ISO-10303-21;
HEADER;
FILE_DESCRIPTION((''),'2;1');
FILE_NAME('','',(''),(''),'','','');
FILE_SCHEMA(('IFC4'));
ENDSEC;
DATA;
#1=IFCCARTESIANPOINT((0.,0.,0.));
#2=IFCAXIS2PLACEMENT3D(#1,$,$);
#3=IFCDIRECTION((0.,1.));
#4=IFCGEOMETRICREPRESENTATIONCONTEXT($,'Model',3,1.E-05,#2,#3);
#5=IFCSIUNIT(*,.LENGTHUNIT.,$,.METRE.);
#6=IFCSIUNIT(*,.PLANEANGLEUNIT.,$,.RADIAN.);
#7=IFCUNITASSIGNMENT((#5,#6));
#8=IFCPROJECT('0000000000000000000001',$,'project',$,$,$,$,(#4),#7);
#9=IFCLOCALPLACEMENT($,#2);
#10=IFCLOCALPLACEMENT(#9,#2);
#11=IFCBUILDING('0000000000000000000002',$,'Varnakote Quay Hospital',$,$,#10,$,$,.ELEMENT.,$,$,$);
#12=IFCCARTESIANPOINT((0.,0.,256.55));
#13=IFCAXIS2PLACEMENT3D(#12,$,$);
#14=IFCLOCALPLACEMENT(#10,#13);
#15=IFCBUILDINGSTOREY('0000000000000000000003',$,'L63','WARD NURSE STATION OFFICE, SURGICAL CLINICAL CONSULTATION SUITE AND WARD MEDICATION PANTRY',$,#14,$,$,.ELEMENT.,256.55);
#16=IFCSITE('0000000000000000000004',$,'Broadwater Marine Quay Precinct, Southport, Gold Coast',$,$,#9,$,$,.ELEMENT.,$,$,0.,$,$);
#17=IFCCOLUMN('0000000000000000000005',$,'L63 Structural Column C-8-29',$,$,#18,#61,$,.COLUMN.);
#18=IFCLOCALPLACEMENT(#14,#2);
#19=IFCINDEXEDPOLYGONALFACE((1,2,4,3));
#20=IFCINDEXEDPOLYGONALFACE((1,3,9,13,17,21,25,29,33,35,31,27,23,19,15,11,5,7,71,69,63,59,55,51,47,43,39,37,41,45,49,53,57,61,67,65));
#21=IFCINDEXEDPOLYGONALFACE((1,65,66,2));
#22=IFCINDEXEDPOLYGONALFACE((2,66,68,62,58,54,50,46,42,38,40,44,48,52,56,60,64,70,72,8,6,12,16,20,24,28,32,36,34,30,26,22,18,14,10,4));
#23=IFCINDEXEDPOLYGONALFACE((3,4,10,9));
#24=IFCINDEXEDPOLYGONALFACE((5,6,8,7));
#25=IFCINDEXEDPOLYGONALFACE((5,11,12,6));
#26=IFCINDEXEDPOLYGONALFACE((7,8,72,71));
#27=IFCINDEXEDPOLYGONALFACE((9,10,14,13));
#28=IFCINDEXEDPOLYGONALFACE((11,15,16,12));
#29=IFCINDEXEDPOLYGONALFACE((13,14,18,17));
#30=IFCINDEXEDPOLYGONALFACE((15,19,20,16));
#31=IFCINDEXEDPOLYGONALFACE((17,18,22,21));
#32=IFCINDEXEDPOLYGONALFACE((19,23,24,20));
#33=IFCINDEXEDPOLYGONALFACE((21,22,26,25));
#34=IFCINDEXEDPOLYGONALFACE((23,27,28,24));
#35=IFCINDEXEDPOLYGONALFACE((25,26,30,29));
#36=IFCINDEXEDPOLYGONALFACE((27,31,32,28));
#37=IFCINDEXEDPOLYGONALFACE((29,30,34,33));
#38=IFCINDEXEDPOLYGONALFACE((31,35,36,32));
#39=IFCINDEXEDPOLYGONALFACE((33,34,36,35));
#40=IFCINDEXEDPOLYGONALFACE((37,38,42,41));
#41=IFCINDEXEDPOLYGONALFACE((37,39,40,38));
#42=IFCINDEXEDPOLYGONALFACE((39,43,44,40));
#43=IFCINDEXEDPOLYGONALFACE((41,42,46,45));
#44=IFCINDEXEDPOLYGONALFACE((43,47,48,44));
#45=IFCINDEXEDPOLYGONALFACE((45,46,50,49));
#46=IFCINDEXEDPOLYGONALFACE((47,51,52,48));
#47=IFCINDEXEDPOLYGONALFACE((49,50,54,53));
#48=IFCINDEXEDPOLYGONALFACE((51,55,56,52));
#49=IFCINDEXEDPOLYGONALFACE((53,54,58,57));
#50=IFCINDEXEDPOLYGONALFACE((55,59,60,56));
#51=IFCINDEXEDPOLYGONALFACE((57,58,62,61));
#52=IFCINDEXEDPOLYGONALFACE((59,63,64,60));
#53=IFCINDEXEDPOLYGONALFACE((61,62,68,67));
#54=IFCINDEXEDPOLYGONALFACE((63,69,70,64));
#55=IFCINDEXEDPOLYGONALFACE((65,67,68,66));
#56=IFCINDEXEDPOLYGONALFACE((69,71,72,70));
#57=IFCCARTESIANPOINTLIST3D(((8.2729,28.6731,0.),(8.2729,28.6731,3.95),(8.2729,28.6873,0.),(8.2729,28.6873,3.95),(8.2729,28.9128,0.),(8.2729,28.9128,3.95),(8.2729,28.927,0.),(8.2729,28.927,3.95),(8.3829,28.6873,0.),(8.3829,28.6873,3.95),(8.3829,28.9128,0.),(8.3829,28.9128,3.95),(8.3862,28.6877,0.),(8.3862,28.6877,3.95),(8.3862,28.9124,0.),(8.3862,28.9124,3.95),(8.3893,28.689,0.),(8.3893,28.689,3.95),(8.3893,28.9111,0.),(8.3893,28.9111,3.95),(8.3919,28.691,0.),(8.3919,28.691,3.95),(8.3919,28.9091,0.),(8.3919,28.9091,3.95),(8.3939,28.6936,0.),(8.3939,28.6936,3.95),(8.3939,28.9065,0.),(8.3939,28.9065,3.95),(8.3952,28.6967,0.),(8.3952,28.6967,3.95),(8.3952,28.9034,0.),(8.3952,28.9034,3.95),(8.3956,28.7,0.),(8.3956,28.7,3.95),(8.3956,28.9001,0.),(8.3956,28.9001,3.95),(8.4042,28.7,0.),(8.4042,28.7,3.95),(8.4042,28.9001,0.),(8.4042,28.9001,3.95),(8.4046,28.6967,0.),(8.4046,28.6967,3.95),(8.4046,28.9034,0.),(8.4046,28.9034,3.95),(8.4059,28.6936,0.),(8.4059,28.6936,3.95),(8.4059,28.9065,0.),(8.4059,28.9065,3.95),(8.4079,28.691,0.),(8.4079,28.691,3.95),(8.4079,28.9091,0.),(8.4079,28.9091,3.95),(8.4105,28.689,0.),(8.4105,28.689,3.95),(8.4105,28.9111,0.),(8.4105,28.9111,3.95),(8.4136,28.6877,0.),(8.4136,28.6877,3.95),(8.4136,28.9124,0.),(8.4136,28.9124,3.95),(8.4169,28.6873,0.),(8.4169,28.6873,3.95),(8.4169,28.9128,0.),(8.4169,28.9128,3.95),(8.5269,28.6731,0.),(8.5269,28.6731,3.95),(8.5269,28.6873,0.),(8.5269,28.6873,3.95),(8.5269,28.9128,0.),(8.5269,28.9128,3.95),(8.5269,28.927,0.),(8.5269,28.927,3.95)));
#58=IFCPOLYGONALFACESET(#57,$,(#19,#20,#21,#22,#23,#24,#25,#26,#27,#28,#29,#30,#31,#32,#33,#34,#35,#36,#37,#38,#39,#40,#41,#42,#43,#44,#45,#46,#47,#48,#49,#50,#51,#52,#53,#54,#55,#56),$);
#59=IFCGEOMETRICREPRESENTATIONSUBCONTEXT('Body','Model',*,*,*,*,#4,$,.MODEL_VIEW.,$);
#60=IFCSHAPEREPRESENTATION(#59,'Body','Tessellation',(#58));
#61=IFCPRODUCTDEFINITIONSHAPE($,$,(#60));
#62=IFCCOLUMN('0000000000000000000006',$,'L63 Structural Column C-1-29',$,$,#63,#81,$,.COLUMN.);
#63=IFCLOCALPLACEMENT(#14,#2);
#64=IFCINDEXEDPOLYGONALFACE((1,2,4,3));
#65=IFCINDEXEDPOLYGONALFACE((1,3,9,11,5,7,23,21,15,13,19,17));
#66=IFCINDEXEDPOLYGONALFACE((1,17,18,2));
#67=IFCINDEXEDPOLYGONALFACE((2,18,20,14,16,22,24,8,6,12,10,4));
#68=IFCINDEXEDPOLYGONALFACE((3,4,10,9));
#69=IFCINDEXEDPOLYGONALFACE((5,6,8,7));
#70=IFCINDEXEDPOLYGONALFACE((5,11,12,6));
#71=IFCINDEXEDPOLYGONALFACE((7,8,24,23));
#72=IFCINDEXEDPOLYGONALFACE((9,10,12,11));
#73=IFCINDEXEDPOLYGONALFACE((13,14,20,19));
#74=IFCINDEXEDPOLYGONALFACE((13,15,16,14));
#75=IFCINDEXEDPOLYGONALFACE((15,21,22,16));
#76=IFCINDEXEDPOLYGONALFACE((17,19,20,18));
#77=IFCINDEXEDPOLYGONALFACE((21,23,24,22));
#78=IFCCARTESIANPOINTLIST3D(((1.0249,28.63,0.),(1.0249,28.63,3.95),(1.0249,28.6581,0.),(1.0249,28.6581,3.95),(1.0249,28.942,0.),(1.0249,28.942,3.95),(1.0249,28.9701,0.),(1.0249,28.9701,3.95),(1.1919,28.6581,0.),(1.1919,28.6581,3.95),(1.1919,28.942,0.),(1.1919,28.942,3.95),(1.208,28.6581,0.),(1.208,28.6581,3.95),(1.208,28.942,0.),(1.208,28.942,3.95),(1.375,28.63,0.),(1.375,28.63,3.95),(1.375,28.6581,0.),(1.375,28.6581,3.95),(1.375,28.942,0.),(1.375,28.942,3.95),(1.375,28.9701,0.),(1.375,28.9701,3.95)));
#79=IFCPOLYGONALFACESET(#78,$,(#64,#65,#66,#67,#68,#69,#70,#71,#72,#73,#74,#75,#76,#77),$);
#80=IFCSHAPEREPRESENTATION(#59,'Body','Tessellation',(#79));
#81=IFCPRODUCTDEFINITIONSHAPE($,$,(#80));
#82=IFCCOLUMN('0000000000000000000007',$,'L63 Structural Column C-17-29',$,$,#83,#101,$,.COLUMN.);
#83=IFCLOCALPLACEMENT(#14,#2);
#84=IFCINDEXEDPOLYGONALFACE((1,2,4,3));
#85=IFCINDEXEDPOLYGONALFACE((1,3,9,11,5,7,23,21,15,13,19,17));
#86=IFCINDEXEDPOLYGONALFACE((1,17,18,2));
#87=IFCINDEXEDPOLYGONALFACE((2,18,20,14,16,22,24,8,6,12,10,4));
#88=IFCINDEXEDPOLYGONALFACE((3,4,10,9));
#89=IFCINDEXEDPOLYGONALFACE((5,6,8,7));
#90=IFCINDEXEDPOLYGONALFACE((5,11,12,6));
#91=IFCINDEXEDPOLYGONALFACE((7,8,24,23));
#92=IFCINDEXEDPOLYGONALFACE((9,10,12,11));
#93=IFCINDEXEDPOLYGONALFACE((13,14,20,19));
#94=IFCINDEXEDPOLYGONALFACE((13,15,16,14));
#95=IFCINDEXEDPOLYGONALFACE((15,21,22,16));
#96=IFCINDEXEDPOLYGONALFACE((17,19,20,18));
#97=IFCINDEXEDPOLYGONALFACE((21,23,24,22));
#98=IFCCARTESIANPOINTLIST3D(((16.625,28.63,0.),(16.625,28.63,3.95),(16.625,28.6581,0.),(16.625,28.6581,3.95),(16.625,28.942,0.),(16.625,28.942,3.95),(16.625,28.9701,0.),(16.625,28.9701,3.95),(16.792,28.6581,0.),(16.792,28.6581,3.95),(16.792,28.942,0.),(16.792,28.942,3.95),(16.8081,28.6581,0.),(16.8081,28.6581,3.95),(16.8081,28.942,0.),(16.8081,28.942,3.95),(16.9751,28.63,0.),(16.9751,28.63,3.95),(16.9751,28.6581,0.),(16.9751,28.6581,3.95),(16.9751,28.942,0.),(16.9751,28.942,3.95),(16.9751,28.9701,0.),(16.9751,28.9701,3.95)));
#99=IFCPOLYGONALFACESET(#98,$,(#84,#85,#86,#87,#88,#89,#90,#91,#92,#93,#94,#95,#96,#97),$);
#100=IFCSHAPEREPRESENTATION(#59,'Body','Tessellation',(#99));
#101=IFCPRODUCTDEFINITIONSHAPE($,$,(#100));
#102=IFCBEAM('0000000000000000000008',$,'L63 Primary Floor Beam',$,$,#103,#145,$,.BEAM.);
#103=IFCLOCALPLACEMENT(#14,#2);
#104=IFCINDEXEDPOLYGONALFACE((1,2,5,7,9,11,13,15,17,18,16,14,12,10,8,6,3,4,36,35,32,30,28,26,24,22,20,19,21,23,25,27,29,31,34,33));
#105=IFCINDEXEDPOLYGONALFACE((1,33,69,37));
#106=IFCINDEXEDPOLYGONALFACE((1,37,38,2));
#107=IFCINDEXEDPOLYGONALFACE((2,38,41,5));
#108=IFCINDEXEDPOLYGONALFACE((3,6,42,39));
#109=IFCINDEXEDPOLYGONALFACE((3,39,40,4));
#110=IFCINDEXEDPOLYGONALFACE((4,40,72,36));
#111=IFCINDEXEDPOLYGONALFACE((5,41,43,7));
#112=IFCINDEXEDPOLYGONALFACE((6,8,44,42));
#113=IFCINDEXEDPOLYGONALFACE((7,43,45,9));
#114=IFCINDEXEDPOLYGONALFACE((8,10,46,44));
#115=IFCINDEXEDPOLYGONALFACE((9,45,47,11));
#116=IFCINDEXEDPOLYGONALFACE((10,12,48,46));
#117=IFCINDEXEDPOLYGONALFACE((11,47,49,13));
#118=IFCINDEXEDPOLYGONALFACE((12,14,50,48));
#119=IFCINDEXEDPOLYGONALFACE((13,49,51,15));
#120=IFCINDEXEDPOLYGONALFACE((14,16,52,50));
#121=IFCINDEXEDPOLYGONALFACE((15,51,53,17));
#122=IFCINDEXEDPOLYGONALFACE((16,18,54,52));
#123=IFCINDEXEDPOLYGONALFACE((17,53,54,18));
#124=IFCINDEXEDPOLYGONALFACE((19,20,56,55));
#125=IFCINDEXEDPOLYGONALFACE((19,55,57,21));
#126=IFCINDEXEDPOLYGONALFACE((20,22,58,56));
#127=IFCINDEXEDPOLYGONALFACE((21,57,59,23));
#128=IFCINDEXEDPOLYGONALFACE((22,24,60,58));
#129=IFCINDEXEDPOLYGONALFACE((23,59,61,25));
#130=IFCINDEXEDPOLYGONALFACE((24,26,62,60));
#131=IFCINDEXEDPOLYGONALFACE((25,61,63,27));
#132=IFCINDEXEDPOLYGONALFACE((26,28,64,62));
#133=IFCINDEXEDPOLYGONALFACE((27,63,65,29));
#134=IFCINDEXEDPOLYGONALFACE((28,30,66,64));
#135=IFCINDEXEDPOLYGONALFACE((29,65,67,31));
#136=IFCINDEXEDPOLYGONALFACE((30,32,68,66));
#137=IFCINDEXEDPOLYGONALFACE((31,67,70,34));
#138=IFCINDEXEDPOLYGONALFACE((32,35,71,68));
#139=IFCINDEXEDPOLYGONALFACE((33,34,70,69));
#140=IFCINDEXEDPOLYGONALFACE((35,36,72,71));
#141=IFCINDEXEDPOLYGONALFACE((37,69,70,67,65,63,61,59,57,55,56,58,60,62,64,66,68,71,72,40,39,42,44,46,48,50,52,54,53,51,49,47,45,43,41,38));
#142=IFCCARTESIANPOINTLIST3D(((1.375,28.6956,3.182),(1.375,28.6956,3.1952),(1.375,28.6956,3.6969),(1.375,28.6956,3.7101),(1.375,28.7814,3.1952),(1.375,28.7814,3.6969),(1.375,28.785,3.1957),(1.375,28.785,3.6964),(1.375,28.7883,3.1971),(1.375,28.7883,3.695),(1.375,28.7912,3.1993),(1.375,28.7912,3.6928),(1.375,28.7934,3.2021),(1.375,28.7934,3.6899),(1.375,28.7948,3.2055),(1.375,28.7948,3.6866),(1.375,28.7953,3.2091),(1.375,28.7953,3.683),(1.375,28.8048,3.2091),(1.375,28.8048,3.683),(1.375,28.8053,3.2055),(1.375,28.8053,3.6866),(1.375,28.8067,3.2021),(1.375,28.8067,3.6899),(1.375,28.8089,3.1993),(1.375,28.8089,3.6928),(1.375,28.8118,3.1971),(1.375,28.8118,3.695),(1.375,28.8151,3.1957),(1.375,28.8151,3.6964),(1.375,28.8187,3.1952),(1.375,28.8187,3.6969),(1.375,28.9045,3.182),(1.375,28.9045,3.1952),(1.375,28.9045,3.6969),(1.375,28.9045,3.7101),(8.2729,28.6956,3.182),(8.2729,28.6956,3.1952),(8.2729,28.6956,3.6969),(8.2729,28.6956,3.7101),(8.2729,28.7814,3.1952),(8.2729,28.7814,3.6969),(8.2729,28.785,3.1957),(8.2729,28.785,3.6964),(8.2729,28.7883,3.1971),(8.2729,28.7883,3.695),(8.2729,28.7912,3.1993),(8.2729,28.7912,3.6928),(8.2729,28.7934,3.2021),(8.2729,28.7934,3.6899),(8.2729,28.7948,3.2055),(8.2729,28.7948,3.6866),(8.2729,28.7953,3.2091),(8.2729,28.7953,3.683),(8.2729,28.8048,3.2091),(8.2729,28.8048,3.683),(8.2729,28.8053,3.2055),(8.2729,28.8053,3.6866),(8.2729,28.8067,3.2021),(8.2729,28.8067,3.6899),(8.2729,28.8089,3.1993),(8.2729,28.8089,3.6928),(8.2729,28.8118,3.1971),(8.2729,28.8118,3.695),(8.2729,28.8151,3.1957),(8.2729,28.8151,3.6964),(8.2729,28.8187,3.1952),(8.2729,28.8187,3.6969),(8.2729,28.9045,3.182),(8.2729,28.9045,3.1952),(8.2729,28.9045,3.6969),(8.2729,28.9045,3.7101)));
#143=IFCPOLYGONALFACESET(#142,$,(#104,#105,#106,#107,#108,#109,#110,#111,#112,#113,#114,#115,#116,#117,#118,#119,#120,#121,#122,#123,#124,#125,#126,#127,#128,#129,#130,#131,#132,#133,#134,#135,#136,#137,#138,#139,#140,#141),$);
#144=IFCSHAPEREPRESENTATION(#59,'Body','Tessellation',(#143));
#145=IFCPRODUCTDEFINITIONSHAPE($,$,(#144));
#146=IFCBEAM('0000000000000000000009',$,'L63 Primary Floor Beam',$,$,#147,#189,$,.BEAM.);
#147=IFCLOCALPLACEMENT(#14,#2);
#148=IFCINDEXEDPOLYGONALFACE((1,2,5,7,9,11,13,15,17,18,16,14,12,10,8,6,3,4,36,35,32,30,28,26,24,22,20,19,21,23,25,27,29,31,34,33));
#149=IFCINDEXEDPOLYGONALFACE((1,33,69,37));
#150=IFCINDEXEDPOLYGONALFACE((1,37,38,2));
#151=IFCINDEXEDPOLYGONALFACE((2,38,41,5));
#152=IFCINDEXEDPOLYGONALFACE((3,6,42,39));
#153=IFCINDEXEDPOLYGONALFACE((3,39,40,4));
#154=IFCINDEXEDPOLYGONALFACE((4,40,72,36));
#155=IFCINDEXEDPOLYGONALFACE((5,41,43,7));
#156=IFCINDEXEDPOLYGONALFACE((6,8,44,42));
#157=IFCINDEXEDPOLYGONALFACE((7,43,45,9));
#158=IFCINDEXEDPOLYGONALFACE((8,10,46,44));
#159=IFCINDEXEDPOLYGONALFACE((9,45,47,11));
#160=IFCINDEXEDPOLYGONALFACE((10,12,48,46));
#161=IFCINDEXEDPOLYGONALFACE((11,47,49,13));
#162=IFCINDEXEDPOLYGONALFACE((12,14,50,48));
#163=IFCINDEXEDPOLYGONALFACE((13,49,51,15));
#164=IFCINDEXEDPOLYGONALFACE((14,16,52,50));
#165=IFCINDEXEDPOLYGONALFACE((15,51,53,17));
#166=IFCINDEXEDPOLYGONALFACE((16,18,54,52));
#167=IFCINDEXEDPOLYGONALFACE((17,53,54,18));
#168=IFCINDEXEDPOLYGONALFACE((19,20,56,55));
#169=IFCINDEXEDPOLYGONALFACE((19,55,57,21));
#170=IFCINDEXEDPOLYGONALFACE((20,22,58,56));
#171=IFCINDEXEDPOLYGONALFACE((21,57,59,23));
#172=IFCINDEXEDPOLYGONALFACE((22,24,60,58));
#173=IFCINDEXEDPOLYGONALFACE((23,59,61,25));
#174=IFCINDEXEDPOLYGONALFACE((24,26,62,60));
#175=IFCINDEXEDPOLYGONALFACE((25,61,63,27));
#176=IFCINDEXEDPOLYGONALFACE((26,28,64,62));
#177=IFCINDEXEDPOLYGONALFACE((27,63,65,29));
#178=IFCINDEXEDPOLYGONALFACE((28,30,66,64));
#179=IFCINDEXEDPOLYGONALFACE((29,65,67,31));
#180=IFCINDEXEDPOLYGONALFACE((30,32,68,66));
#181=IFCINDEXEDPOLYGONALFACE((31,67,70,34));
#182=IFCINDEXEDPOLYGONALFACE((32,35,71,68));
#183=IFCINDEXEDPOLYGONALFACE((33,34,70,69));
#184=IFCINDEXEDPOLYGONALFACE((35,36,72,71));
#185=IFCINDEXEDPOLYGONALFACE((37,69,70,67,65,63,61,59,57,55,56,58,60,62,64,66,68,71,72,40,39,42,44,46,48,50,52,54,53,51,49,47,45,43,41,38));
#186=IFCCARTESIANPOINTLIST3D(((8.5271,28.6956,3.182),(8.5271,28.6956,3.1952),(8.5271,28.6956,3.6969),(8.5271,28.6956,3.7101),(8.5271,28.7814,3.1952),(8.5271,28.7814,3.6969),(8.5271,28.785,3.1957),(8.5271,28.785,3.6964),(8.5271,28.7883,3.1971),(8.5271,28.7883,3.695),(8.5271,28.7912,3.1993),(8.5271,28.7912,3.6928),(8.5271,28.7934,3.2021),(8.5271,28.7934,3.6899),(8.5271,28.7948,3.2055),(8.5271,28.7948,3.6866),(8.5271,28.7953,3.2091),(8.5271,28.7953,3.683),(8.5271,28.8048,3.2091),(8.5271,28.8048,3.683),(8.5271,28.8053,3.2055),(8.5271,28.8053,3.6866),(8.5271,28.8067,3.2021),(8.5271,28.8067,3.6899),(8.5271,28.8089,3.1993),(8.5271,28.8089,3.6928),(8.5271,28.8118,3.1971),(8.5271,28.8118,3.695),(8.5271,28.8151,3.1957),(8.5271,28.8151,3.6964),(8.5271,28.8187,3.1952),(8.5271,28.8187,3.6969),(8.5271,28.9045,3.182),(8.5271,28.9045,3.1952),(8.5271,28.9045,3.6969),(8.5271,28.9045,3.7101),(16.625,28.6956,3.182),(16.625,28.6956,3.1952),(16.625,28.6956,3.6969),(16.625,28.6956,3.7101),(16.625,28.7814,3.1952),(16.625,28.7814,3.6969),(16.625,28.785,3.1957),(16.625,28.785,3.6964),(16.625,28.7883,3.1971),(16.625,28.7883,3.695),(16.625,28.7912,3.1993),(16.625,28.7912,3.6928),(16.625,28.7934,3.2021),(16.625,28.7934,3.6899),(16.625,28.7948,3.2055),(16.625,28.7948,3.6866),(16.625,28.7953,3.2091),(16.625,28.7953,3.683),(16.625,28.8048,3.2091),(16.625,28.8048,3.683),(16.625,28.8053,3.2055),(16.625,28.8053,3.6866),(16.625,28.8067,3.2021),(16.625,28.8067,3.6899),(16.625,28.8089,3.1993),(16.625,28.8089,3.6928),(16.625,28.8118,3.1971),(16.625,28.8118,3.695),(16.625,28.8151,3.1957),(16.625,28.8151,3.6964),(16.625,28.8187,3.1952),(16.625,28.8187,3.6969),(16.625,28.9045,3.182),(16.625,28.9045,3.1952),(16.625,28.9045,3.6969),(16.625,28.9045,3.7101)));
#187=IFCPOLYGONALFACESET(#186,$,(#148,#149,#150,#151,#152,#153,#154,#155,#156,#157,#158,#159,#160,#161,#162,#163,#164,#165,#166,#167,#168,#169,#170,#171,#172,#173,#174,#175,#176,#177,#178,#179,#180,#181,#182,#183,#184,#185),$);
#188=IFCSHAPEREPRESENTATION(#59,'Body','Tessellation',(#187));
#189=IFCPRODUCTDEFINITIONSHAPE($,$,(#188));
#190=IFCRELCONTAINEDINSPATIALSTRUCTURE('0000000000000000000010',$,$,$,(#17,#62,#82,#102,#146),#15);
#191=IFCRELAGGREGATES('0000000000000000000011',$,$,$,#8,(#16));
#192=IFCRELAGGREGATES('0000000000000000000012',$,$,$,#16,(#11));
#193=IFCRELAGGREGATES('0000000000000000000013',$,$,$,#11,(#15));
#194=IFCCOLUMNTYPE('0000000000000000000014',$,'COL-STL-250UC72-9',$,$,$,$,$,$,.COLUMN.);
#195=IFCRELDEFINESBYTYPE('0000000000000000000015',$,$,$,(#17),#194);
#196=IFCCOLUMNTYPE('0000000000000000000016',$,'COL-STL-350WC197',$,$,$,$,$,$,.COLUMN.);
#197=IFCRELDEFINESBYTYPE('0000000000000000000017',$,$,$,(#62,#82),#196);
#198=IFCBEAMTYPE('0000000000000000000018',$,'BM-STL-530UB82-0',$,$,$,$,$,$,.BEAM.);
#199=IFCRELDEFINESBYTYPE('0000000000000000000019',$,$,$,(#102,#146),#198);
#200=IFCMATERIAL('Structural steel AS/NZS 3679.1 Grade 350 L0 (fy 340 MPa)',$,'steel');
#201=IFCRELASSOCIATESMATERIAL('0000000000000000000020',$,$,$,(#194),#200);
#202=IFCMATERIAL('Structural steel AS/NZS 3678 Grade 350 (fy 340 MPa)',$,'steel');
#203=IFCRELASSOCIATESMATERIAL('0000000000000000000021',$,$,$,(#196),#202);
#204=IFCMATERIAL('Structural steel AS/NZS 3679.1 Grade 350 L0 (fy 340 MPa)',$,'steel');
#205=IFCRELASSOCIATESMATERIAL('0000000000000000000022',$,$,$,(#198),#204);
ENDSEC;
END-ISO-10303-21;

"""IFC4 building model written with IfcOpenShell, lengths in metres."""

from ifc_helpers import new_model, si_unit, direction, frame, origin, origin_2d, place, context, subcontext, project, spatial, i_section, extrude, material, material_profile, profile_set, type_object, element, save


model = new_model("IFC4")

# Units and contexts
model_context = context("Model", 3, precision=1e-05, world=origin(), true_north=direction((0.0, 1.0)))
body_context = subcontext(model_context, "Body", "Model", "MODEL_VIEW")
ifc_project = project(units=[si_unit("LENGTHUNIT", "METRE"), si_unit("PLANEANGLEUNIT", "RADIAN")], contexts=[model_context])

# Site, building, storey
site_placement = place(None, origin())
site = spatial("IfcSite", under=ifc_project, at=site_placement, Name="Broadwater Marine Quay Precinct, Southport, Gold Coast", CompositionType="ELEMENT", RefElevation=0.0)
building_placement = place(site_placement, origin())
building = spatial("IfcBuilding", under=site, at=building_placement, Name="Varnakote Quay Hospital", CompositionType="ELEMENT")
storey_placement = place(building_placement, frame((0.0, 0.0, 256.55)))
storey = spatial("IfcBuildingStorey", under=building, at=storey_placement, Name="L63", Description="WARD NURSE STATION OFFICE, SURGICAL CLINICAL CONSULTATION SUITE AND WARD MEDICATION PANTRY", CompositionType="ELEMENT", Elevation=256.55)

# Columns
ifc_material_1 = material(Name="Structural steel AS/NZS 3679.1 Grade 350 L0 (fy 340 MPa)", Category="steel")
ifc_material_profile_1 = material_profile(ifc_material_1, i_section(OverallWidth=0.2539, OverallDepth=0.2539, WebThickness=0.0085, FlangeThickness=0.0142, FilletRadius=0.0127, at=origin_2d()), Name="250UC72.9")
ifc_profile_set_1 = profile_set([ifc_material_profile_1], Name="Structural steel AS/NZS 3679.1 Grade 350 L0 (fy 340 MPa)")
column_type_1 = type_object("IfcColumnType", Name="COL-STL-250UC72-9", PredefinedType="COLUMN", material=ifc_profile_set_1)
column_placement = place(storey_placement, frame((8.3999, 28.8, 0.0), z_axis=(0.0, 0.0, 1.0), x_axis=(1.0, 0.0, 0.0)))
element("IfcColumn", 1, at=column_placement, inside=storey, type_object=column_type_1, Name="L63 Structural Column C-8-29", PredefinedType="COLUMN", context=body_context, shape_type="SweptSolid", body=[
    extrude(i_section(OverallWidth=0.2539, OverallDepth=0.2539, WebThickness=0.0085, FlangeThickness=0.0142, FilletRadius=0.0127, at=origin_2d()), origin(), (0.0, 0.0, 1.0), 3.95),
])
ifc_material_2 = material(Name="Structural steel AS/NZS 3678 Grade 350 (fy 340 MPa)", Category="steel")
ifc_material_profile_2 = material_profile(ifc_material_2, i_section(OverallWidth=0.3501, OverallDepth=0.3401, WebThickness=0.0161, FlangeThickness=0.0281, at=origin_2d()), Name="350WC197")
ifc_profile_set_2 = profile_set([ifc_material_profile_2], Name="Structural steel AS/NZS 3678 Grade 350 (fy 340 MPa)")
column_type_2 = type_object("IfcColumnType", Name="COL-STL-350WC197", PredefinedType="COLUMN", material=ifc_profile_set_2)
for number, where, z_axis, x_axis, name in (
    (2, (1.2, 28.8, 0.0), (0.0, 0.0, 1.0), (1.0, 0.0, 0.0), "L63 Structural Column C-1-29"),
    (3, (16.8, 28.8, 0.0), (0.0, 0.0, 1.0), (1.0, 0.0, 0.0), "L63 Structural Column C-17-29"),
):
    element("IfcColumn", number, at=place(storey_placement, frame(where, z_axis=z_axis, x_axis=x_axis)), inside=storey, type_object=column_type_2, Name=name, PredefinedType="COLUMN", context=body_context, shape_type="SweptSolid", body=[
        extrude(i_section(OverallWidth=0.3501, OverallDepth=0.3401, WebThickness=0.0161, FlangeThickness=0.0281, at=origin_2d()), origin(), (0.0, 0.0, 1.0), 3.95),
    ])

# Beams
ifc_material_3 = material(Name="Structural steel AS/NZS 3679.1 Grade 350 L0 (fy 340 MPa)", Category="steel")
ifc_material_profile_3 = material_profile(ifc_material_3, i_section(OverallWidth=0.209, OverallDepth=0.5281, WebThickness=0.0095, FlangeThickness=0.0132, FilletRadius=0.0139, at=origin_2d()), Name="530UB82.0")
ifc_profile_set_3 = profile_set([ifc_material_profile_3], Name="Structural steel AS/NZS 3679.1 Grade 350 L0 (fy 340 MPa)")
beam_type_1 = type_object("IfcBeamType", Name="BM-STL-530UB82-0", PredefinedType="BEAM", material=ifc_profile_set_3)
beam_1_placement = place(storey_placement, frame((1.375, 28.8, 3.446), z_axis=(1.0, 0.0, 0.0), x_axis=(0.0, 1.0, 0.0)))
element("IfcBeam", 4, at=beam_1_placement, inside=storey, type_object=beam_type_1, Name="L63 Primary Floor Beam", PredefinedType="BEAM", context=body_context, shape_type="SweptSolid", body=[
    extrude(i_section(OverallWidth=0.209, OverallDepth=0.5281, WebThickness=0.0095, FlangeThickness=0.0132, FilletRadius=0.0139, at=origin_2d()), origin(), (0.0, 0.0, 1.0), 6.8979),
])
beam_2_placement = place(storey_placement, frame((8.5271, 28.8, 3.446), z_axis=(1.0, 0.0, 0.0), x_axis=(0.0, 1.0, 0.0)))
element("IfcBeam", 5, at=beam_2_placement, inside=storey, type_object=beam_type_1, Name="L63 Primary Floor Beam", PredefinedType="BEAM", context=body_context, shape_type="SweptSolid", body=[
    extrude(i_section(OverallWidth=0.209, OverallDepth=0.5281, WebThickness=0.0095, FlangeThickness=0.0132, FilletRadius=0.0139, at=origin_2d()), origin(), (0.0, 0.0, 1.0), 8.0979),
])

save(model, "model.ifc")
